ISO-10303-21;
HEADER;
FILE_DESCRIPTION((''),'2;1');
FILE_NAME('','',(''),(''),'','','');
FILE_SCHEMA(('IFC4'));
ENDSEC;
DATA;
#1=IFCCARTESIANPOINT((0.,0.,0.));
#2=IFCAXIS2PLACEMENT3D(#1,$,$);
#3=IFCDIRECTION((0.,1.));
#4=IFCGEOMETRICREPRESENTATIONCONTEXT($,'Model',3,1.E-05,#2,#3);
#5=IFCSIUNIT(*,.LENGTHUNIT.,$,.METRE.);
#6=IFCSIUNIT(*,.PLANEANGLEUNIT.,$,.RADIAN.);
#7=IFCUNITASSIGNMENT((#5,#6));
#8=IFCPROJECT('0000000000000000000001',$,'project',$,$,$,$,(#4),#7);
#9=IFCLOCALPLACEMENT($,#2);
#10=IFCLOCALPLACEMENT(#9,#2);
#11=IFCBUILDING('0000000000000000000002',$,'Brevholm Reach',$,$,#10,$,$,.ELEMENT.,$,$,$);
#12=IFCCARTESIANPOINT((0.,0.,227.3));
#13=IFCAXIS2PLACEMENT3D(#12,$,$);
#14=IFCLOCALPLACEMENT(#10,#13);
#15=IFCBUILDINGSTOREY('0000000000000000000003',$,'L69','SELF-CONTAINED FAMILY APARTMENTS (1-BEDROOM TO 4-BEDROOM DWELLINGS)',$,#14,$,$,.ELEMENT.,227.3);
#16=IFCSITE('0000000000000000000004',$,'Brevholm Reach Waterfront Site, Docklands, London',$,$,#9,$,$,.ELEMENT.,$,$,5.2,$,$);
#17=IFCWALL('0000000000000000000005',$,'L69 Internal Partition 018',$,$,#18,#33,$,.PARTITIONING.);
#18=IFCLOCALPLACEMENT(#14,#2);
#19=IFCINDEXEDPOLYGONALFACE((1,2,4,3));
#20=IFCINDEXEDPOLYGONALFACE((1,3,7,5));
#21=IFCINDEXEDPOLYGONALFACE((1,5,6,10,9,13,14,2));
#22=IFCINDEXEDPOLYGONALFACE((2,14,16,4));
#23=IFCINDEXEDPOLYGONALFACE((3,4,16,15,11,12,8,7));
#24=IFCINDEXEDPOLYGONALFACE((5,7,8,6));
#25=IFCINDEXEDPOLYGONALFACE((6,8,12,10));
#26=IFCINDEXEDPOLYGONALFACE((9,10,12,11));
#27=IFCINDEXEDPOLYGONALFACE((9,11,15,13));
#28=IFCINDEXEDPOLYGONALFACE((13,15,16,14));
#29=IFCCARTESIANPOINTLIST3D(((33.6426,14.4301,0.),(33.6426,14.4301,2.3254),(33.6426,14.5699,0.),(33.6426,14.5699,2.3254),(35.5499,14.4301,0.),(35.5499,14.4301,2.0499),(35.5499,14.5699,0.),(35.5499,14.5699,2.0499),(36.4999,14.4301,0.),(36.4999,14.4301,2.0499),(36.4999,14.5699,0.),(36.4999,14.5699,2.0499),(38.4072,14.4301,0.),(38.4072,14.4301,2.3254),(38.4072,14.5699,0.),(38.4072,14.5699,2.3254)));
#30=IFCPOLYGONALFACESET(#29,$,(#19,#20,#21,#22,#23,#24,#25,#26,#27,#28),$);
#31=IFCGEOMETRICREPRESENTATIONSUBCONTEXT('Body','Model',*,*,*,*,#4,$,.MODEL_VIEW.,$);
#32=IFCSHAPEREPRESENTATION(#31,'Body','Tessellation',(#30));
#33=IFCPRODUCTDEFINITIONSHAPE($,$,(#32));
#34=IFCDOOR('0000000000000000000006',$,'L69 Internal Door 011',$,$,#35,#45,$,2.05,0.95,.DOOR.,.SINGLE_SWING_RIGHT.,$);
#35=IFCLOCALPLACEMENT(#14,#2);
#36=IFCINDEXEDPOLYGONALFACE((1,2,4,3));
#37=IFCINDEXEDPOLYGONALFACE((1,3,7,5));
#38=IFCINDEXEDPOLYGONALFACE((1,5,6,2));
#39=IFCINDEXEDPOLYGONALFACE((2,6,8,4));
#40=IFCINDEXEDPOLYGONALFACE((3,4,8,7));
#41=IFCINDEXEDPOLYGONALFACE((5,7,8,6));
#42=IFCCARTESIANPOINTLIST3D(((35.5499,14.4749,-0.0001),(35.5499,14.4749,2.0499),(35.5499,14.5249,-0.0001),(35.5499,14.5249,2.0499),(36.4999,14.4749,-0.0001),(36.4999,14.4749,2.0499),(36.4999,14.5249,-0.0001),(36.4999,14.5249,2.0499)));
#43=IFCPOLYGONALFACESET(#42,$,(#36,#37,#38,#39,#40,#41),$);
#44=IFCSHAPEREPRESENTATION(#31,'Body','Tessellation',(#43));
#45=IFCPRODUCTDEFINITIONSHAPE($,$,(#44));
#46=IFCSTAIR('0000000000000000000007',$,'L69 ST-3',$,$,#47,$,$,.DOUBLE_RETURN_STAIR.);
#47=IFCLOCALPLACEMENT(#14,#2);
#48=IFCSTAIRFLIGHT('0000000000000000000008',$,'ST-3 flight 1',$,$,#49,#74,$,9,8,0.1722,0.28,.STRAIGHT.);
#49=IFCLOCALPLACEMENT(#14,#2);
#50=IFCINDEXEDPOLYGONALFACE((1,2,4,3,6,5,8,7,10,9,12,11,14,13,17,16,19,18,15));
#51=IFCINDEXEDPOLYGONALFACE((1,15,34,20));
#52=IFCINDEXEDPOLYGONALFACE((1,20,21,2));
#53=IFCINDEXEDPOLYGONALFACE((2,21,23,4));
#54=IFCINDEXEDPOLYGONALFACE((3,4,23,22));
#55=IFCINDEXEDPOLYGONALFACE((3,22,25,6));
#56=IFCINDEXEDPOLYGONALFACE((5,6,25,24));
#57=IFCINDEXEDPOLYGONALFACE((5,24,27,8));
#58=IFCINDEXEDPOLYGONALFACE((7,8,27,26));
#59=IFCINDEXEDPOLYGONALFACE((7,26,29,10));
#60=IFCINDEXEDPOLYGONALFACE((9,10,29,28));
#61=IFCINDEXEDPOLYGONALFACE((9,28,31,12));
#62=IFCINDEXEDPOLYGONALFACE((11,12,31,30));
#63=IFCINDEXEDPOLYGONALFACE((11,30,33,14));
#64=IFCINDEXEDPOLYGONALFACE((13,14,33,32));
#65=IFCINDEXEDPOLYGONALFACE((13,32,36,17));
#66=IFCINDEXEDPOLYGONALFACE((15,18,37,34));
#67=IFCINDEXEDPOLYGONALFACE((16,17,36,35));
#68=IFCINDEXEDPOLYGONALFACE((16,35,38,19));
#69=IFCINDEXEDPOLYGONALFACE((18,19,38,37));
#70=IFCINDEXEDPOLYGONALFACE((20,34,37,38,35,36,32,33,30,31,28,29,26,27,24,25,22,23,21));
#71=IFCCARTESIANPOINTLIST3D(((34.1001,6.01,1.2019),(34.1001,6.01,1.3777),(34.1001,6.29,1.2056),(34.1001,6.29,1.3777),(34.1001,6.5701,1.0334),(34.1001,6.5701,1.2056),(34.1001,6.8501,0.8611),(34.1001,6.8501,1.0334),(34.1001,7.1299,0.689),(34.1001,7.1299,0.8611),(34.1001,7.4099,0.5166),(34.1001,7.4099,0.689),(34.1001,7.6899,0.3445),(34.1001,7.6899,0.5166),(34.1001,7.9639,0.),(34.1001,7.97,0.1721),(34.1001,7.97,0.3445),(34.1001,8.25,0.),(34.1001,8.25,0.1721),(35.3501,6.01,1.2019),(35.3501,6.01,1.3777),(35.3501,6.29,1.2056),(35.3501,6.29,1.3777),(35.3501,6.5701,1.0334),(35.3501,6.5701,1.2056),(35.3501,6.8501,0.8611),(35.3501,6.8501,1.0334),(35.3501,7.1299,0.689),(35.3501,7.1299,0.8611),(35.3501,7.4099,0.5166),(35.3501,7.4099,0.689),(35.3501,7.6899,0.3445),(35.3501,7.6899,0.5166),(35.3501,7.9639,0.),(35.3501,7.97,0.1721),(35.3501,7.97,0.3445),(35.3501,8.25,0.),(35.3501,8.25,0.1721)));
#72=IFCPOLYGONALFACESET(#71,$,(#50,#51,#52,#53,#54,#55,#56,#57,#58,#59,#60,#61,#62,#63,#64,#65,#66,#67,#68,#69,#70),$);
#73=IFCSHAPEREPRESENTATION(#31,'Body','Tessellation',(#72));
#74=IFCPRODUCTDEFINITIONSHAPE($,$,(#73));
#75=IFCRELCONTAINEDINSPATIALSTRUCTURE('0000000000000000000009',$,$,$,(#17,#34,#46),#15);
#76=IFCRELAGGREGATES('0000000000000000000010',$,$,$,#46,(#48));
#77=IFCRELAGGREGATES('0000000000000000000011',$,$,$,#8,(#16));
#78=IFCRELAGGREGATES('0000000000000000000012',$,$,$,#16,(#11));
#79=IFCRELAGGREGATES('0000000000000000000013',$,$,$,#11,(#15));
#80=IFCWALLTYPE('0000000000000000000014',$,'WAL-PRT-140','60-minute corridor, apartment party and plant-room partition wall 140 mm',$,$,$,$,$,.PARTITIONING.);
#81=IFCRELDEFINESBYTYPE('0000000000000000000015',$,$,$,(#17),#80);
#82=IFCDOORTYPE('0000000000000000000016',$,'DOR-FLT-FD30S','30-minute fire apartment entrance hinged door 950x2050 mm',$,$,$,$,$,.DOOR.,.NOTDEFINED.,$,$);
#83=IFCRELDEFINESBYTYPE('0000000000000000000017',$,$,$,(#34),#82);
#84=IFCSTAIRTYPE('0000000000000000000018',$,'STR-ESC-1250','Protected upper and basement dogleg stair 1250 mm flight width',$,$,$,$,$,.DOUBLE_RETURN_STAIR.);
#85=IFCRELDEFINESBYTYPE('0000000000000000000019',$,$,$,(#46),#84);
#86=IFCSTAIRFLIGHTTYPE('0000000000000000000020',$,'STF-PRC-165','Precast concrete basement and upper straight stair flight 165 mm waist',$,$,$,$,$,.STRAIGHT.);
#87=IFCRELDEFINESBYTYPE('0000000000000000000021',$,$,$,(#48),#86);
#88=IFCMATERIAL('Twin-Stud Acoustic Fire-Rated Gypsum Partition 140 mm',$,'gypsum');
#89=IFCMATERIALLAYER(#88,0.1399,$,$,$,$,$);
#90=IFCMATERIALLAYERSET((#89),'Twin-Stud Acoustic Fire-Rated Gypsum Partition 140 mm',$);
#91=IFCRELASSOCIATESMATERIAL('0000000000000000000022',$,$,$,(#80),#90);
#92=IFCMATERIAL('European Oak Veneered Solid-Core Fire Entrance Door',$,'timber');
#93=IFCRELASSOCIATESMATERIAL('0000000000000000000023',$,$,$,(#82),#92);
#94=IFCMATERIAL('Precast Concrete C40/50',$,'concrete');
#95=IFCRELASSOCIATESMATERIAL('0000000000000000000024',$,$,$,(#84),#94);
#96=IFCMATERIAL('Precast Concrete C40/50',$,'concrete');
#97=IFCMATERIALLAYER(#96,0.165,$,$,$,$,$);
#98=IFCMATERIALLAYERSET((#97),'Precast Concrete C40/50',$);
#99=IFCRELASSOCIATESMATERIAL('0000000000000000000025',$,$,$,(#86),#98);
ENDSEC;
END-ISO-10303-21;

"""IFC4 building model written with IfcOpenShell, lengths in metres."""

from ifc_helpers import new_model, si_unit, direction, frame, frame_2d, origin, place, context, subcontext, project, spatial, polyline, rectangle, outline, extrude, material, layer, layer_set, type_object, element, fill, aggregate, save


model = new_model("IFC4")

# Units and contexts
model_context = context("Model", 3, precision=1e-05, world=origin(), true_north=direction((0.0, 1.0)))
body_context = subcontext(model_context, "Body", "Model", "MODEL_VIEW")
ifc_project = project(units=[si_unit("LENGTHUNIT", "METRE"), si_unit("PLANEANGLEUNIT", "RADIAN")], contexts=[model_context])

# Site, building, storey
site_placement = place(None, origin())
site = spatial("IfcSite", under=ifc_project, at=site_placement, Name="Brevholm Reach Waterfront Site, Docklands, London", CompositionType="ELEMENT", RefElevation=5.2)
building_placement = place(site_placement, origin())
building = spatial("IfcBuilding", under=site, at=building_placement, Name="Brevholm Reach", CompositionType="ELEMENT")
storey_placement = place(building_placement, frame((0.0, 0.0, 227.3)))
storey = spatial("IfcBuildingStorey", under=building, at=storey_placement, Name="L69", Description="SELF-CONTAINED FAMILY APARTMENTS (1-BEDROOM TO 4-BEDROOM DWELLINGS)", CompositionType="ELEMENT", Elevation=227.3)

# Shared definitions
ifc_material_1 = material(Name="Twin-Stud Acoustic Fire-Rated Gypsum Partition 140 mm", Category="gypsum")
ifc_layer_1 = layer(ifc_material_1, 0.1399)
ifc_layer_set_1 = layer_set([ifc_layer_1], Name="Twin-Stud Acoustic Fire-Rated Gypsum Partition 140 mm")
wall_type_1 = type_object("IfcWallType", Name="WAL-PRT-140", Description="60-minute corridor, apartment party and plant-room partition wall 140 mm", PredefinedType="PARTITIONING", material=ifc_layer_set_1)
ifc_material_2 = material(Name="European Oak Veneered Solid-Core Fire Entrance Door", Category="timber")
door_type = type_object("IfcDoorType", Name="DOR-FLT-FD30S", Description="30-minute fire apartment entrance hinged door 950x2050 mm", OperationType="NOTDEFINED", PredefinedType="DOOR", material=ifc_material_2)

# Wall, opening, door
wall_1_placement = place(storey_placement, frame((33.6426, 14.5, 0.0), z_axis=(0.0, 0.0, 1.0), x_axis=(1.0, 0.0, 0.0)))
wall_1 = element("IfcWall", 1, at=wall_1_placement, inside=storey, type_object=wall_type_1, Name="L69 Internal Partition 018", PredefinedType="PARTITIONING", context=body_context, shape_type="SweptSolid", body=[
    extrude(rectangle(XDim=4.7646, YDim=0.1399, at=frame_2d((2.3823, 0.0))), origin(), (0.0, 0.0, 1.0), 2.3254),
])
opening_1_placement = place(wall_1_placement, frame((1.9072, 0.0, 0.0)))
opening_1 = element("IfcOpeningElement", 2, at=opening_1_placement, cuts=wall_1, PredefinedType="OPENING", context=body_context, shape_type="SweptSolid", body=[
    extrude(rectangle(XDim=0.95, YDim=2.05, at=frame_2d((0.4751, 1.0249))), frame((0.0, 0.0798, 0.0), z_axis=(0.0, -1.0, 0.0), x_axis=(1.0, 0.0, 0.0)), (0.0, 0.0, 1.0), 0.1599),
])
door_1_placement = place(opening_1_placement, origin())
door_1 = element("IfcDoor", 3, at=door_1_placement, inside=storey, type_object=door_type, Name="L69 Internal Door 011", OperationType="SINGLE_SWING_RIGHT", OverallHeight=2.05, OverallWidth=0.95, PredefinedType="DOOR", context=body_context, shape_type="SweptSolid", body=[
    extrude(rectangle(XDim=0.95, YDim=2.05, at=frame_2d((0.4751, 1.0249))), frame((0.0, 0.0249, 0.0), z_axis=(0.0, -1.0, 0.0), x_axis=(1.0, 0.0, 0.0)), (0.0, 0.0, 1.0), 0.05),
])
fill(opening_1, door_1)

# Stair, stair flight
ifc_material_3 = material(Name="Precast Concrete C40/50", Category="concrete")
stair_type = type_object("IfcStairType", Name="STR-ESC-1250", Description="Protected upper and basement dogleg stair 1250 mm flight width", PredefinedType="DOUBLE_RETURN_STAIR", material=ifc_material_3)
stair_placement = place(storey_placement, origin())
stair = element("IfcStair", 4, at=stair_placement, inside=storey, type_object=stair_type, Name="L69 ST-3", PredefinedType="DOUBLE_RETURN_STAIR")
ifc_material_4 = material(Name="Precast Concrete C40/50", Category="concrete")
ifc_layer_2 = layer(ifc_material_4, 0.165)
ifc_layer_set_2 = layer_set([ifc_layer_2], Name="Precast Concrete C40/50")
stair_flight_type = type_object("IfcStairFlightType", Name="STF-PRC-165", Description="Precast concrete basement and upper straight stair flight 165 mm waist", PredefinedType="STRAIGHT", material=ifc_layer_set_2)
stair_flight_placement = place(storey_placement, frame((34.7251, 8.25, 0.0), z_axis=(0.0, 0.0, 1.0), x_axis=(0.0, -1.0, 0.0)))
stair_flight = element("IfcStairFlight", 5, at=stair_flight_placement, type_object=stair_flight_type, Name="ST-3 flight 1", NumberOfRisers=9, NumberOfTreads=8, PredefinedType="STRAIGHT", RiserHeight=0.1722, TreadLength=0.28, context=body_context, shape_type="SweptSolid", body=[
    extrude(outline(polyline([(0.0, 0.0), (0.0, 0.1721), (0.28, 0.1721), (0.28, 0.3445), (0.5601, 0.3445), (0.5601, 0.5166), (0.8401, 0.5166), (0.8401, 0.689), (1.1201, 0.689), (1.1201, 0.8611), (1.3999, 0.8611), (1.3999, 1.0334), (1.6799, 1.0334), (1.6799, 1.2056), (1.96, 1.2056), (1.96, 1.3777), (2.24, 1.3777), (2.24, 1.55), (2.24, 1.2019), (0.2861, 0.0), (0.0, 0.0)])), frame((0.0, 0.625, 0.0), z_axis=(0.0, -1.0, 0.0), x_axis=(1.0, 0.0, 0.0)), (0.0, 0.0, 1.0), 1.25),
])
aggregate(stair, [stair_flight])

save(model, "model.ifc")
